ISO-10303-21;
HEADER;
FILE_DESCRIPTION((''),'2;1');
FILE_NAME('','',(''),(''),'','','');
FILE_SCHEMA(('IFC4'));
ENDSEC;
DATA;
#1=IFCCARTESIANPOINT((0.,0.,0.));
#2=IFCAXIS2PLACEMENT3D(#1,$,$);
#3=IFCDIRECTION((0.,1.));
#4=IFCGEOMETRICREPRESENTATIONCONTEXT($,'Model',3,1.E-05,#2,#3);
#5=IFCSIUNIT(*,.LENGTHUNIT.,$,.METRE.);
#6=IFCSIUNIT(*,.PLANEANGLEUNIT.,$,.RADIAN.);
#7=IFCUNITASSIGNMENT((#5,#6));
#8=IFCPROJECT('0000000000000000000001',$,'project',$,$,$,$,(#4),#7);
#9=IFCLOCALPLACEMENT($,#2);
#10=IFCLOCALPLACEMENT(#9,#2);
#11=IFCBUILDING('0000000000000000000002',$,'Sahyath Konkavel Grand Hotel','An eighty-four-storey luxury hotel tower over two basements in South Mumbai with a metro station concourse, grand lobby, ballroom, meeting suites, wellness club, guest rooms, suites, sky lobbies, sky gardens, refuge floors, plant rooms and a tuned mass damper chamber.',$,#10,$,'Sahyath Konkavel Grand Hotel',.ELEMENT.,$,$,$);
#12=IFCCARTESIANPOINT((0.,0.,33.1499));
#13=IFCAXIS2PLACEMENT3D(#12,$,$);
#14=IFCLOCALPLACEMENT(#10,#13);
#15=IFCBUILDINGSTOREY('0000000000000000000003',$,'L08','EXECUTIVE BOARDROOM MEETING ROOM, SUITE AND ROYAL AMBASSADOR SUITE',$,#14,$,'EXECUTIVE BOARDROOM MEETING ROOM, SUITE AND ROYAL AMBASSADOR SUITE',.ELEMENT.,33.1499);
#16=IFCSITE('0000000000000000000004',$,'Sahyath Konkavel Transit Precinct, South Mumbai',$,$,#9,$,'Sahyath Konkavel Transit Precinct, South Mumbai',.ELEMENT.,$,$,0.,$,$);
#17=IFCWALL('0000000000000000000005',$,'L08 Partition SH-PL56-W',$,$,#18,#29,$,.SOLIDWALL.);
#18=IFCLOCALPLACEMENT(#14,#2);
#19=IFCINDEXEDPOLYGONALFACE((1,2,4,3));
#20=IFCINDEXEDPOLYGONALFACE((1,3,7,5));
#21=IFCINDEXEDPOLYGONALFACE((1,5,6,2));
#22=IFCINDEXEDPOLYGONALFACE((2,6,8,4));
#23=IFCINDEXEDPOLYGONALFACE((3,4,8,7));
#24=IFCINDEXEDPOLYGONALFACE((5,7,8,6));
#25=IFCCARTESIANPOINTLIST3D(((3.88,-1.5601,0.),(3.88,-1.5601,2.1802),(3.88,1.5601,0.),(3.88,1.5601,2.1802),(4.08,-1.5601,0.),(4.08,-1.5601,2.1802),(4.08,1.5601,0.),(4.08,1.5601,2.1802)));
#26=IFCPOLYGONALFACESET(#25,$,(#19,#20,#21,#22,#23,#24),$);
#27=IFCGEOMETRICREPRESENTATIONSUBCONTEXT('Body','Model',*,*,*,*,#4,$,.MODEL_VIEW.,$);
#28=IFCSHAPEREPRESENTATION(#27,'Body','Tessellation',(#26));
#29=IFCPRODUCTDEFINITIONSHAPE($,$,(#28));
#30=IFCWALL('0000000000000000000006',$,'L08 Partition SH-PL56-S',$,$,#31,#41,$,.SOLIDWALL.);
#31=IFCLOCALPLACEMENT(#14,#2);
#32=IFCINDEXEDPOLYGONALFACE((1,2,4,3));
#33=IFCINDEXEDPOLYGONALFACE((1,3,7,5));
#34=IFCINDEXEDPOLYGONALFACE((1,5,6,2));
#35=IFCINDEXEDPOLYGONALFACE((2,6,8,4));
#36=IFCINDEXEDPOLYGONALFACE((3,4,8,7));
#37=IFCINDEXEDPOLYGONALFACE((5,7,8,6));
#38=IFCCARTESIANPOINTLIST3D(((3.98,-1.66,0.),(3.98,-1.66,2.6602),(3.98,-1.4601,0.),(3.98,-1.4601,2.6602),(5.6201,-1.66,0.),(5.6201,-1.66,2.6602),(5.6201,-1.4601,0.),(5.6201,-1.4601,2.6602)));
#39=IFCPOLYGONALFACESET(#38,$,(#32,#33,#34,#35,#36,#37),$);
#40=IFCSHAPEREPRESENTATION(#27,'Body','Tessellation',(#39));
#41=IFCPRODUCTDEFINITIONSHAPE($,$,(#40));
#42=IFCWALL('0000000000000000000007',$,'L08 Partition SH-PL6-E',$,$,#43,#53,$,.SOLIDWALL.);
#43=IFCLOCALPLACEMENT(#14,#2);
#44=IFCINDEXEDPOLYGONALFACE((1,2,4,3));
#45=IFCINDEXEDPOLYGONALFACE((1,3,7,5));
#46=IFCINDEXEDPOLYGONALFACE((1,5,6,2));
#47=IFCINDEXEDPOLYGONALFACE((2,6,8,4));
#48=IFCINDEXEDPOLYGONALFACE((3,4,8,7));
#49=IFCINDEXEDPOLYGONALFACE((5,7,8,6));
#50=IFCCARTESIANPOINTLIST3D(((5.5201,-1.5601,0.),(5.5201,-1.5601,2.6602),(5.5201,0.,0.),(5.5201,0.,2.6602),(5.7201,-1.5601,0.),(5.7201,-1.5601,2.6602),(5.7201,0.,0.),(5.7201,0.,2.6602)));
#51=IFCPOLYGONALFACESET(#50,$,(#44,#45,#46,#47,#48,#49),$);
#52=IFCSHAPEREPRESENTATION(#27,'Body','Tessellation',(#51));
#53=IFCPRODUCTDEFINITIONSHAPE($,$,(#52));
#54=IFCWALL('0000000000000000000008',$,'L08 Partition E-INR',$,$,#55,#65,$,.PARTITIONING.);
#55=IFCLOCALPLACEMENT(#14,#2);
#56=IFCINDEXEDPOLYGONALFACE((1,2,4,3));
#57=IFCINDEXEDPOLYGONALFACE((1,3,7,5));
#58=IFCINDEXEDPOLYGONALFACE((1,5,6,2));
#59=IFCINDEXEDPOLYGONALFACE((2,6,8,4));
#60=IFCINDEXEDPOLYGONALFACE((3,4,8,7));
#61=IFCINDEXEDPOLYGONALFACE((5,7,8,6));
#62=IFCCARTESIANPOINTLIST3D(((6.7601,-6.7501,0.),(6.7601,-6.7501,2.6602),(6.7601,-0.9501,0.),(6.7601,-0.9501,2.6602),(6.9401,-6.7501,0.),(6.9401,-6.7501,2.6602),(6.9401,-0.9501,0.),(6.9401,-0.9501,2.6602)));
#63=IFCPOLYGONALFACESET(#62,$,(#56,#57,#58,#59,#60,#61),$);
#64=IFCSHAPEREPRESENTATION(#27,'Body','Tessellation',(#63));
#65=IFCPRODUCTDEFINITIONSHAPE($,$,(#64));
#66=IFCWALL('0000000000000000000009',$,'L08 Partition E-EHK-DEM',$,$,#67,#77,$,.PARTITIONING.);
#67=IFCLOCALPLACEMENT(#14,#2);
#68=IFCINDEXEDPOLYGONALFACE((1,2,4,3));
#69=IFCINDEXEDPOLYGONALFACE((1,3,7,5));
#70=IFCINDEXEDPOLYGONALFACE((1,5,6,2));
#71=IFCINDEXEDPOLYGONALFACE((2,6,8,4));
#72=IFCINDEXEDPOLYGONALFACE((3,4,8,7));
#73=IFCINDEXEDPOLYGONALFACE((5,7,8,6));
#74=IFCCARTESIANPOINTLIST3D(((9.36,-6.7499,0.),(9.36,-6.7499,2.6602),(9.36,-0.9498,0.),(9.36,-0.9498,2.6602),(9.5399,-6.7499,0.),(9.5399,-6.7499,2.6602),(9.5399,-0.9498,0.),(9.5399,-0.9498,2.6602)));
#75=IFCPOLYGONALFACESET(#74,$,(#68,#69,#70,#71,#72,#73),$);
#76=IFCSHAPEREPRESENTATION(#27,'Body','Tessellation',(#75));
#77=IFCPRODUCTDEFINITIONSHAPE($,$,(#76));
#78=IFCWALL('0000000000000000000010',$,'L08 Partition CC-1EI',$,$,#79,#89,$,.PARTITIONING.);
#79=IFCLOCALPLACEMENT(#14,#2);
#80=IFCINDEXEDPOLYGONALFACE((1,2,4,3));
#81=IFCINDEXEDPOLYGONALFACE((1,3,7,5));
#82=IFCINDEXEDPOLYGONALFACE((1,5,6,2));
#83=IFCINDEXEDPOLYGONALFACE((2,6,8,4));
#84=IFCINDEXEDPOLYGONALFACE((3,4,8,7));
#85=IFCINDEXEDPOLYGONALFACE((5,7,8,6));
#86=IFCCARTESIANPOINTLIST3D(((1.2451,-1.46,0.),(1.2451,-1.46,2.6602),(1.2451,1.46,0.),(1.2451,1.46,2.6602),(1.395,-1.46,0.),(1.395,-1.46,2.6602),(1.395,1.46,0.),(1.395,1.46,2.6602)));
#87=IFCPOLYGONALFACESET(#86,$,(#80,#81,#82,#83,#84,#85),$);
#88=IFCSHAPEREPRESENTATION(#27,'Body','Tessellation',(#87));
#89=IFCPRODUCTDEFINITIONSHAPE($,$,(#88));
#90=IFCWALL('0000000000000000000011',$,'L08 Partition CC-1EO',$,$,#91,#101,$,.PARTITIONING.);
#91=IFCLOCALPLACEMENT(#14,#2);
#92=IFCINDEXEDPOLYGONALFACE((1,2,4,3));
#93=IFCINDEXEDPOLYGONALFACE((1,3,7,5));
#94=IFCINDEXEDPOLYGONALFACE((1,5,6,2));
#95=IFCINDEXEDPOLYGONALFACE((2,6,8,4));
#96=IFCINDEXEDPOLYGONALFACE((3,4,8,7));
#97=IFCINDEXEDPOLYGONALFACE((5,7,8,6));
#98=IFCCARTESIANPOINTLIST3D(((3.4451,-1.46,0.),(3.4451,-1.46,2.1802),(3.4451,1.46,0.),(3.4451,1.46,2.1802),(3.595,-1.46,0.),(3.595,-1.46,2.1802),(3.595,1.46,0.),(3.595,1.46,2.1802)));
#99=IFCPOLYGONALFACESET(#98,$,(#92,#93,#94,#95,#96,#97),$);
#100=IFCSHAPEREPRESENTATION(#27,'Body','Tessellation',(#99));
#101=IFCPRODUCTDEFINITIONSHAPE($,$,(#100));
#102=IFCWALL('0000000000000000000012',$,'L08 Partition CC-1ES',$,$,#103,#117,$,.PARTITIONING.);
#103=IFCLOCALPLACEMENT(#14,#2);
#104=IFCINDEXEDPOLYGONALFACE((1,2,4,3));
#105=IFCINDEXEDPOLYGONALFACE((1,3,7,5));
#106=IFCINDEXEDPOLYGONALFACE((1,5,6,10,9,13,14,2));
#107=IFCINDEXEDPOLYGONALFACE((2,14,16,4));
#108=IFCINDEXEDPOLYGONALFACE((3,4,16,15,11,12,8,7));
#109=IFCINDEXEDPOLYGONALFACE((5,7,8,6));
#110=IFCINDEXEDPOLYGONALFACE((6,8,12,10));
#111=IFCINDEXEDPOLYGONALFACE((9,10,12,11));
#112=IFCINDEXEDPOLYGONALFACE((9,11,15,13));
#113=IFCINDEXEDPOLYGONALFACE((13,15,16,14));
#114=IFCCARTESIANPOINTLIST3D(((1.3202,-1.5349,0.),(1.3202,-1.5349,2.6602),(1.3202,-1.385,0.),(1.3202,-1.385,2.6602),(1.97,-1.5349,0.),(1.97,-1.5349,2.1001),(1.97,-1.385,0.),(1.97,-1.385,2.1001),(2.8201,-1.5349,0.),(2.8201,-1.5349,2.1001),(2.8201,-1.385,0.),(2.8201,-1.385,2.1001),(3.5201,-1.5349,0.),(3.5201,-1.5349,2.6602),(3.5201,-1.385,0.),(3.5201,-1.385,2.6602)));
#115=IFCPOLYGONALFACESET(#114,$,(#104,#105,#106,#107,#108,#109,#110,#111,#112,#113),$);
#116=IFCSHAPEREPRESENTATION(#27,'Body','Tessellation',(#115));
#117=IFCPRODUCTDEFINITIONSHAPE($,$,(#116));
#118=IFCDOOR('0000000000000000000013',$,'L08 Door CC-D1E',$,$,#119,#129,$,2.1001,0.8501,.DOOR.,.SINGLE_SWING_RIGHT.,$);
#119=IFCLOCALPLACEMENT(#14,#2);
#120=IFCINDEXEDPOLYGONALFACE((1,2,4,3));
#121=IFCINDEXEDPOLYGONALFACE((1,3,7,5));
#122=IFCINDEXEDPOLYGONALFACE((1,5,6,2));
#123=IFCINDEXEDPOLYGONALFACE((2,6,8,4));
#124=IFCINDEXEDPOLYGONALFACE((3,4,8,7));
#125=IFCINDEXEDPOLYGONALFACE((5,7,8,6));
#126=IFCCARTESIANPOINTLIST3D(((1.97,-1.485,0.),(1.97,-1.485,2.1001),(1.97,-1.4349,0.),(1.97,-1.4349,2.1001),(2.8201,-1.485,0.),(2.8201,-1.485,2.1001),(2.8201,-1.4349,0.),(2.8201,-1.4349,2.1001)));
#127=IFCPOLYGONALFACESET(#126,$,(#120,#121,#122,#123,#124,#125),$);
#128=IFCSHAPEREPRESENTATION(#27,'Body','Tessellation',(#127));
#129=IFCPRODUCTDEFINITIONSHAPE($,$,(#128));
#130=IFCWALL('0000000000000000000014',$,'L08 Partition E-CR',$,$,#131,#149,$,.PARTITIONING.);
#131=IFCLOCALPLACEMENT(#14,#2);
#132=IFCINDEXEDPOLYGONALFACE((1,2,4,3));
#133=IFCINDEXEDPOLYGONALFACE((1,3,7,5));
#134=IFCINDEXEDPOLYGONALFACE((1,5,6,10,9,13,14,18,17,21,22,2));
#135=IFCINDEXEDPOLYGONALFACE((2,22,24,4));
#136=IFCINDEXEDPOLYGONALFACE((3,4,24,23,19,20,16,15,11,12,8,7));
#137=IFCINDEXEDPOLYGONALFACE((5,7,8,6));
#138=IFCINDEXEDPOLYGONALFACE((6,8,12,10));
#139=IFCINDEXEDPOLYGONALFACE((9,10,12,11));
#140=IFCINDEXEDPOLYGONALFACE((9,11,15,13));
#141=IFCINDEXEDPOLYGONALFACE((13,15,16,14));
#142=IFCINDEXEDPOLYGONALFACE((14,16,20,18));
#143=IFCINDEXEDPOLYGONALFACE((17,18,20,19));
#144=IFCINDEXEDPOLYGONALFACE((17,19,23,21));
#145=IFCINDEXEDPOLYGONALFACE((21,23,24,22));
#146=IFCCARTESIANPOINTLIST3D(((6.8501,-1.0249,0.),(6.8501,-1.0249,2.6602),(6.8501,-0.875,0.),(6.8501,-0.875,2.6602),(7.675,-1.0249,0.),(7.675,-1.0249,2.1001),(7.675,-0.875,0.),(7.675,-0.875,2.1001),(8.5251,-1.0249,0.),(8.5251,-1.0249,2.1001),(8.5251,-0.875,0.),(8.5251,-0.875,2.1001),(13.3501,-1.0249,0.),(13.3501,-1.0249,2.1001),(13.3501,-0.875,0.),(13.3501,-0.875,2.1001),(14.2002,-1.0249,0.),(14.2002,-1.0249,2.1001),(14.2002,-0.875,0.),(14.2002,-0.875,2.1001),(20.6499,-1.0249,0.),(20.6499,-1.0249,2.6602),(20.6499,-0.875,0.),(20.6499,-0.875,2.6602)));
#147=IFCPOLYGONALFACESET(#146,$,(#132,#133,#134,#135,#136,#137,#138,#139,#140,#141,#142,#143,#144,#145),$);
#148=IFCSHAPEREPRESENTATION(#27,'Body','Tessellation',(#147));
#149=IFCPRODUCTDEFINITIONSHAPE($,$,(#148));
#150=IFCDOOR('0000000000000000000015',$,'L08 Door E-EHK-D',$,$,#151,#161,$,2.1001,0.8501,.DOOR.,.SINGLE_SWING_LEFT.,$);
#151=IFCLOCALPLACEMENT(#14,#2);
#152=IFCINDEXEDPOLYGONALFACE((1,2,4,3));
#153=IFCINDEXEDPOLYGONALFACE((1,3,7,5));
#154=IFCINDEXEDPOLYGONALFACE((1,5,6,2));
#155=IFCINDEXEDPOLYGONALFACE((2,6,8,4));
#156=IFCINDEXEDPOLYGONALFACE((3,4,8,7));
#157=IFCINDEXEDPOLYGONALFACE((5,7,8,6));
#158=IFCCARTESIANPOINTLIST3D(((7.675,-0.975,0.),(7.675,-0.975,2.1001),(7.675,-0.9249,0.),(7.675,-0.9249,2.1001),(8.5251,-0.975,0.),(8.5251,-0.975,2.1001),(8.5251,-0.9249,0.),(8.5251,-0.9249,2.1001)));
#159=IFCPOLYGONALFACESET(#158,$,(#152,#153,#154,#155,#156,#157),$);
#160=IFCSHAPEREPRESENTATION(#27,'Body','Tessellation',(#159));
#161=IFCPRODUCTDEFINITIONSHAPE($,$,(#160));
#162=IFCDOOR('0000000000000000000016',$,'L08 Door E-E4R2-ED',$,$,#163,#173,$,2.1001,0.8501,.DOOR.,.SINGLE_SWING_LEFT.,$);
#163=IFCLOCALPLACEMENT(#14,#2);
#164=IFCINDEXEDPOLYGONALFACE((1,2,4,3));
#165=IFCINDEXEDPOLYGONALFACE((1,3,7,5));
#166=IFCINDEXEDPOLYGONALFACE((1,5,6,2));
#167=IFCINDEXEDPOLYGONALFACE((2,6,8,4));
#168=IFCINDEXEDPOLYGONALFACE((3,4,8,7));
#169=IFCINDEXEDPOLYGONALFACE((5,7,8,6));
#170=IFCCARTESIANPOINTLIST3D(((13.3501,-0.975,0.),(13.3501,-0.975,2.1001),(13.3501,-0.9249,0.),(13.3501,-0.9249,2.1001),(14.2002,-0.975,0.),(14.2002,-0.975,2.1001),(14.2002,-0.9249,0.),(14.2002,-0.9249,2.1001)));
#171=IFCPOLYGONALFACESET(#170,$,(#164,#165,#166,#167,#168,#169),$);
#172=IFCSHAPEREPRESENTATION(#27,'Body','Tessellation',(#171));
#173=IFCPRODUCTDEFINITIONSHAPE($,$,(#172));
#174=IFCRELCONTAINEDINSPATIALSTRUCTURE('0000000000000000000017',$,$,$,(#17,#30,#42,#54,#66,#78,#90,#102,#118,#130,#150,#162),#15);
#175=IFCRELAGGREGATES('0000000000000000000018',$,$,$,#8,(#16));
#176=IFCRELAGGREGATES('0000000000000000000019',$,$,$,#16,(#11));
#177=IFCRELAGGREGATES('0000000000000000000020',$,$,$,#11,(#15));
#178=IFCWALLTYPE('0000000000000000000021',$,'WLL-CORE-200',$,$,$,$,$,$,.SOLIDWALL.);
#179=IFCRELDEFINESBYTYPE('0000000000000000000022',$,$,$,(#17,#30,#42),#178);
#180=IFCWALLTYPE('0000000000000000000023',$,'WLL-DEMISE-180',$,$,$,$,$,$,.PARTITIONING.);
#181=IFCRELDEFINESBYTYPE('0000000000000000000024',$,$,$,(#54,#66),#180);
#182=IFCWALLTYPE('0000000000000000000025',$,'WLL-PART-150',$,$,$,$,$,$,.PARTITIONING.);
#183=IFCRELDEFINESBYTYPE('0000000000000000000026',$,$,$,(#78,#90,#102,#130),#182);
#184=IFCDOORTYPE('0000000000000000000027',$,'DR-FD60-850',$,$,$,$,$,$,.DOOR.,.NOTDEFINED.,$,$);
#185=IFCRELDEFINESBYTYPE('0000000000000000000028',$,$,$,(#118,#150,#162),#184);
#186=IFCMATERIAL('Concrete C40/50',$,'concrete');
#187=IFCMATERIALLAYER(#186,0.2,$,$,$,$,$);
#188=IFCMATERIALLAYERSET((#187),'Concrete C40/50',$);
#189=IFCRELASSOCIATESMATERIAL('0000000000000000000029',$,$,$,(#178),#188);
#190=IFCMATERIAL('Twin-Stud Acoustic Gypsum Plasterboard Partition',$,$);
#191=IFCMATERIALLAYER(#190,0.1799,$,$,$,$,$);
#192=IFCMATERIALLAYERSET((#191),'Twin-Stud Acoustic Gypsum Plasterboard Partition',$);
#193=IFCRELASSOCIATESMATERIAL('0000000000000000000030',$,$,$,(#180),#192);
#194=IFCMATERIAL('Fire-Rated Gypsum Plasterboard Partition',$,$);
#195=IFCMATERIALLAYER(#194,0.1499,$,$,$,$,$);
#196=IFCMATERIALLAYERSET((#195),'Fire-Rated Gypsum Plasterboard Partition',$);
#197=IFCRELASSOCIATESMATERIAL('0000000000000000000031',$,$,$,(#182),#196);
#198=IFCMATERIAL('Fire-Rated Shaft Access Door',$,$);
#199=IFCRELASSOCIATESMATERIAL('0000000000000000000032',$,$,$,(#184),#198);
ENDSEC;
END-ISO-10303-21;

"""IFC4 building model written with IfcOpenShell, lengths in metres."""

from ifc_helpers import new_model, si_unit, direction, frame, frame_2d, origin, origin_2d, place, context, subcontext, project, spatial, rectangle, extrude, source, transform, mapped, material, layer, layer_set, type_object, element, fill, save


model = new_model("IFC4")

# Units and contexts
model_context = context("Model", 3, precision=1e-05, world=origin(), true_north=direction((0.0, 1.0)))
body_context = subcontext(model_context, "Body", "Model", "MODEL_VIEW")
ifc_project = project(units=[si_unit("LENGTHUNIT", "METRE"), si_unit("PLANEANGLEUNIT", "RADIAN")], contexts=[model_context])

# Site, building, storey
site_placement = place(None, origin())
site = spatial("IfcSite", under=ifc_project, at=site_placement, Name="Sahyath Konkavel Transit Precinct, South Mumbai", LongName="Sahyath Konkavel Transit Precinct, South Mumbai", CompositionType="ELEMENT", RefElevation=0.0)
building_placement = place(site_placement, origin())
building = spatial("IfcBuilding", under=site, at=building_placement, Name="Sahyath Konkavel Grand Hotel", Description="An eighty-four-storey luxury hotel tower over two basements in South Mumbai with a metro station concourse, grand lobby, ballroom, meeting suites, wellness club, guest rooms, suites, sky lobbies, sky gardens, refuge floors, plant rooms and a tuned mass damper chamber.", LongName="Sahyath Konkavel Grand Hotel", CompositionType="ELEMENT")
storey_placement = place(building_placement, frame((0.0, 0.0, 33.1499)))
storey = spatial("IfcBuildingStorey", under=building, at=storey_placement, Name="L08", Description="EXECUTIVE BOARDROOM MEETING ROOM, SUITE AND ROYAL AMBASSADOR SUITE", LongName="EXECUTIVE BOARDROOM MEETING ROOM, SUITE AND ROYAL AMBASSADOR SUITE", CompositionType="ELEMENT", Elevation=33.1499)

# Shared definitions
ifc_material_1 = material(Name="Concrete C40/50", Category="concrete")

# Walls
ifc_layer_1 = layer(ifc_material_1, 0.2)
ifc_layer_set_1 = layer_set([ifc_layer_1], Name="Concrete C40/50")
wall_type_1 = type_object("IfcWallType", Name="WLL-CORE-200", PredefinedType="SOLIDWALL", material=ifc_layer_set_1)
wall_1_placement = place(storey_placement, frame((3.98, -1.5601, 0.0), z_axis=(0.0, 0.0, 1.0), x_axis=(0.0, 1.0, 0.0)))
element("IfcWall", 1, at=wall_1_placement, inside=storey, type_object=wall_type_1, Name="L08 Partition SH-PL56-W", PredefinedType="SOLIDWALL", context=body_context, shape_type="SweptSolid", body=[
    extrude(rectangle(XDim=3.1201, YDim=0.2, at=frame_2d((1.5601, 0.0))), origin(), (0.0, 0.0, 1.0), 2.1802),
])
wall_2_placement = place(storey_placement, frame((3.98, -1.5601, 0.0), z_axis=(0.0, 0.0, 1.0), x_axis=(1.0, 0.0, 0.0)))
element("IfcWall", 2, at=wall_2_placement, inside=storey, type_object=wall_type_1, Name="L08 Partition SH-PL56-S", PredefinedType="SOLIDWALL", context=body_context, shape_type="SweptSolid", body=[
    extrude(rectangle(XDim=1.6401, YDim=0.2, at=frame_2d((0.8201, 0.0))), origin(), (0.0, 0.0, 1.0), 2.6602),
])
wall_3_placement = place(storey_placement, frame((5.6201, -1.5601, 0.0), z_axis=(0.0, 0.0, 1.0), x_axis=(0.0, 1.0, 0.0)))
element("IfcWall", 3, at=wall_3_placement, inside=storey, type_object=wall_type_1, Name="L08 Partition SH-PL6-E", PredefinedType="SOLIDWALL", context=body_context, shape_type="SweptSolid", body=[
    extrude(rectangle(XDim=1.5601, YDim=0.2, at=frame_2d((0.78, 0.0))), origin(), (0.0, 0.0, 1.0), 2.6602),
])
ifc_material_2 = material(Name="Twin-Stud Acoustic Gypsum Plasterboard Partition")
ifc_layer_2 = layer(ifc_material_2, 0.1799)
ifc_layer_set_2 = layer_set([ifc_layer_2], Name="Twin-Stud Acoustic Gypsum Plasterboard Partition")
wall_type_2 = type_object("IfcWallType", Name="WLL-DEMISE-180", PredefinedType="PARTITIONING", material=ifc_layer_set_2)
for number, where, z_axis, x_axis, name in (
    (4, (6.8501, -6.75, 0.0), (0.0, 0.0, 1.0), (0.0, 1.0, 0.0), "L08 Partition E-INR"),
    (5, (9.45, -0.95, 0.0), (0.0, 0.0, 1.0), (0.0, -1.0, 0.0), "L08 Partition E-EHK-DEM"),
):
    element("IfcWall", number, at=place(storey_placement, frame(where, z_axis=z_axis, x_axis=x_axis)), inside=storey, type_object=wall_type_2, Name=name, PredefinedType="PARTITIONING", context=body_context, shape_type="SweptSolid", body=[
        extrude(rectangle(XDim=5.8, YDim=0.1799, at=frame_2d((2.8999, 0.0))), origin(), (0.0, 0.0, 1.0), 2.6602),
    ])
ifc_material_3 = material(Name="Fire-Rated Gypsum Plasterboard Partition")
ifc_layer_3 = layer(ifc_material_3, 0.1499)
ifc_layer_set_3 = layer_set([ifc_layer_3], Name="Fire-Rated Gypsum Plasterboard Partition")
wall_type_3 = type_object("IfcWallType", Name="WLL-PART-150", PredefinedType="PARTITIONING", material=ifc_layer_set_3)
wall_4_placement = place(storey_placement, frame((1.3201, -1.46, 0.0), z_axis=(0.0, 0.0, 1.0), x_axis=(0.0, 1.0, 0.0)))
element("IfcWall", 6, at=wall_4_placement, inside=storey, type_object=wall_type_3, Name="L08 Partition CC-1EI", PredefinedType="PARTITIONING", context=body_context, shape_type="SweptSolid", body=[
    extrude(rectangle(XDim=2.9199, YDim=0.1499, at=frame_2d((1.46, 0.0))), origin(), (0.0, 0.0, 1.0), 2.6602),
])
wall_5_placement = place(storey_placement, frame((3.52, -1.46, 0.0), z_axis=(0.0, 0.0, 1.0), x_axis=(0.0, 1.0, 0.0)))
element("IfcWall", 7, at=wall_5_placement, inside=storey, type_object=wall_type_3, Name="L08 Partition CC-1EO", PredefinedType="PARTITIONING", context=body_context, shape_type="SweptSolid", body=[
    extrude(rectangle(XDim=2.9199, YDim=0.1499, at=frame_2d((1.46, 0.0))), origin(), (0.0, 0.0, 1.0), 2.1802),
])

# Wall, opening, door
wall_6_placement = place(storey_placement, frame((1.3201, -1.46, 0.0), z_axis=(0.0, 0.0, 1.0), x_axis=(1.0, 0.0, 0.0)))
wall_6 = element("IfcWall", 8, at=wall_6_placement, inside=storey, type_object=wall_type_3, Name="L08 Partition CC-1ES", PredefinedType="PARTITIONING", context=body_context, shape_type="SweptSolid", body=[
    extrude(rectangle(XDim=2.2, YDim=0.1499, at=frame_2d((1.1001, 0.0))), origin(), (0.0, 0.0, 1.0), 2.6602),
])
opening_1_placement = place(wall_6_placement, frame((0.6499, 0.0, 0.0)))
opening_1 = element("IfcOpeningElement", 9, at=opening_1_placement, cuts=wall_6, PredefinedType="OPENING", context=body_context, shape_type="SweptSolid", body=[
    extrude(rectangle(XDim=0.8501, YDim=2.1001, at=frame_2d((0.425, 1.05))), frame((0.0, 0.085, 0.0), z_axis=(0.0, -1.0, 0.0), x_axis=(1.0, 0.0, 0.0)), (0.0, 0.0, 1.0), 0.1699),
])
ifc_material_4 = material(Name="Fire-Rated Shaft Access Door")
door_type = type_object("IfcDoorType", Name="DR-FD60-850", OperationType="NOTDEFINED", PredefinedType="DOOR", material=ifc_material_4)
shared_shape_1 = source(origin(), body_context, "Body", "SweptSolid", [
    extrude(rectangle(XDim=0.8501, YDim=0.05, at=origin_2d()), origin(), (0.0, 0.0, 1.0), 2.1001),
])
door_1_placement = place(opening_1_placement, frame((0.425, 0.0, 0.0)))
door_1 = element("IfcDoor", 10, at=door_1_placement, inside=storey, type_object=door_type, Name="L08 Door CC-D1E", OperationType="SINGLE_SWING_RIGHT", OverallHeight=2.1001, OverallWidth=0.8501, PredefinedType="DOOR", context=body_context, shape_type="MappedRepresentation", body=[
    mapped(shared_shape_1, transform((0.0, 0.0, 0.0), scale=1.0)),
])
fill(opening_1, door_1)

# Wall, openings, doors
wall_7_placement = place(storey_placement, frame((6.8501, -0.95, 0.0), z_axis=(0.0, 0.0, 1.0), x_axis=(1.0, 0.0, 0.0)))
wall_7 = element("IfcWall", 11, at=wall_7_placement, inside=storey, type_object=wall_type_3, Name="L08 Partition E-CR", PredefinedType="PARTITIONING", context=body_context, shape_type="SweptSolid", body=[
    extrude(rectangle(XDim=13.7998, YDim=0.1499, at=frame_2d((6.8999, 0.0))), origin(), (0.0, 0.0, 1.0), 2.6602),
])
opening_2_placement = place(wall_7_placement, frame((0.825, 0.0, 0.0)))
opening_2 = element("IfcOpeningElement", 12, at=opening_2_placement, cuts=wall_7, PredefinedType="OPENING", context=body_context, shape_type="SweptSolid", body=[
    extrude(rectangle(XDim=0.8501, YDim=2.1001, at=frame_2d((0.425, 1.05))), frame((0.0, 0.085, 0.0), z_axis=(0.0, -1.0, 0.0), x_axis=(1.0, 0.0, 0.0)), (0.0, 0.0, 1.0), 0.1699),
])
opening_3_placement = place(wall_7_placement, frame((6.5, 0.0, 0.0)))
opening_3 = element("IfcOpeningElement", 13, at=opening_3_placement, cuts=wall_7, PredefinedType="OPENING", context=body_context, shape_type="SweptSolid", body=[
    extrude(rectangle(XDim=0.8501, YDim=2.1001, at=frame_2d((0.425, 1.05))), frame((0.0, 0.085, 0.0), z_axis=(0.0, -1.0, 0.0), x_axis=(1.0, 0.0, 0.0)), (0.0, 0.0, 1.0), 0.1699),
])
door_2_placement = place(opening_2_placement, frame((0.425, 0.0, 0.0)))
door_2 = element("IfcDoor", 14, at=door_2_placement, inside=storey, type_object=door_type, Name="L08 Door E-EHK-D", OperationType="SINGLE_SWING_LEFT", OverallHeight=2.1001, OverallWidth=0.8501, PredefinedType="DOOR", context=body_context, shape_type="MappedRepresentation", body=[
    mapped(shared_shape_1, transform((0.0, 0.0, 0.0), scale=1.0)),
])
fill(opening_2, door_2)
door_3_placement = place(opening_3_placement, frame((0.425, 0.0, 0.0)))
door_3 = element("IfcDoor", 15, at=door_3_placement, inside=storey, type_object=door_type, Name="L08 Door E-E4R2-ED", OperationType="SINGLE_SWING_LEFT", OverallHeight=2.1001, OverallWidth=0.8501, PredefinedType="DOOR", context=body_context, shape_type="MappedRepresentation", body=[
    mapped(shared_shape_1, transform((0.0, 0.0, 0.0), scale=1.0)),
])
fill(opening_3, door_3)

save(model, "model.ifc")
